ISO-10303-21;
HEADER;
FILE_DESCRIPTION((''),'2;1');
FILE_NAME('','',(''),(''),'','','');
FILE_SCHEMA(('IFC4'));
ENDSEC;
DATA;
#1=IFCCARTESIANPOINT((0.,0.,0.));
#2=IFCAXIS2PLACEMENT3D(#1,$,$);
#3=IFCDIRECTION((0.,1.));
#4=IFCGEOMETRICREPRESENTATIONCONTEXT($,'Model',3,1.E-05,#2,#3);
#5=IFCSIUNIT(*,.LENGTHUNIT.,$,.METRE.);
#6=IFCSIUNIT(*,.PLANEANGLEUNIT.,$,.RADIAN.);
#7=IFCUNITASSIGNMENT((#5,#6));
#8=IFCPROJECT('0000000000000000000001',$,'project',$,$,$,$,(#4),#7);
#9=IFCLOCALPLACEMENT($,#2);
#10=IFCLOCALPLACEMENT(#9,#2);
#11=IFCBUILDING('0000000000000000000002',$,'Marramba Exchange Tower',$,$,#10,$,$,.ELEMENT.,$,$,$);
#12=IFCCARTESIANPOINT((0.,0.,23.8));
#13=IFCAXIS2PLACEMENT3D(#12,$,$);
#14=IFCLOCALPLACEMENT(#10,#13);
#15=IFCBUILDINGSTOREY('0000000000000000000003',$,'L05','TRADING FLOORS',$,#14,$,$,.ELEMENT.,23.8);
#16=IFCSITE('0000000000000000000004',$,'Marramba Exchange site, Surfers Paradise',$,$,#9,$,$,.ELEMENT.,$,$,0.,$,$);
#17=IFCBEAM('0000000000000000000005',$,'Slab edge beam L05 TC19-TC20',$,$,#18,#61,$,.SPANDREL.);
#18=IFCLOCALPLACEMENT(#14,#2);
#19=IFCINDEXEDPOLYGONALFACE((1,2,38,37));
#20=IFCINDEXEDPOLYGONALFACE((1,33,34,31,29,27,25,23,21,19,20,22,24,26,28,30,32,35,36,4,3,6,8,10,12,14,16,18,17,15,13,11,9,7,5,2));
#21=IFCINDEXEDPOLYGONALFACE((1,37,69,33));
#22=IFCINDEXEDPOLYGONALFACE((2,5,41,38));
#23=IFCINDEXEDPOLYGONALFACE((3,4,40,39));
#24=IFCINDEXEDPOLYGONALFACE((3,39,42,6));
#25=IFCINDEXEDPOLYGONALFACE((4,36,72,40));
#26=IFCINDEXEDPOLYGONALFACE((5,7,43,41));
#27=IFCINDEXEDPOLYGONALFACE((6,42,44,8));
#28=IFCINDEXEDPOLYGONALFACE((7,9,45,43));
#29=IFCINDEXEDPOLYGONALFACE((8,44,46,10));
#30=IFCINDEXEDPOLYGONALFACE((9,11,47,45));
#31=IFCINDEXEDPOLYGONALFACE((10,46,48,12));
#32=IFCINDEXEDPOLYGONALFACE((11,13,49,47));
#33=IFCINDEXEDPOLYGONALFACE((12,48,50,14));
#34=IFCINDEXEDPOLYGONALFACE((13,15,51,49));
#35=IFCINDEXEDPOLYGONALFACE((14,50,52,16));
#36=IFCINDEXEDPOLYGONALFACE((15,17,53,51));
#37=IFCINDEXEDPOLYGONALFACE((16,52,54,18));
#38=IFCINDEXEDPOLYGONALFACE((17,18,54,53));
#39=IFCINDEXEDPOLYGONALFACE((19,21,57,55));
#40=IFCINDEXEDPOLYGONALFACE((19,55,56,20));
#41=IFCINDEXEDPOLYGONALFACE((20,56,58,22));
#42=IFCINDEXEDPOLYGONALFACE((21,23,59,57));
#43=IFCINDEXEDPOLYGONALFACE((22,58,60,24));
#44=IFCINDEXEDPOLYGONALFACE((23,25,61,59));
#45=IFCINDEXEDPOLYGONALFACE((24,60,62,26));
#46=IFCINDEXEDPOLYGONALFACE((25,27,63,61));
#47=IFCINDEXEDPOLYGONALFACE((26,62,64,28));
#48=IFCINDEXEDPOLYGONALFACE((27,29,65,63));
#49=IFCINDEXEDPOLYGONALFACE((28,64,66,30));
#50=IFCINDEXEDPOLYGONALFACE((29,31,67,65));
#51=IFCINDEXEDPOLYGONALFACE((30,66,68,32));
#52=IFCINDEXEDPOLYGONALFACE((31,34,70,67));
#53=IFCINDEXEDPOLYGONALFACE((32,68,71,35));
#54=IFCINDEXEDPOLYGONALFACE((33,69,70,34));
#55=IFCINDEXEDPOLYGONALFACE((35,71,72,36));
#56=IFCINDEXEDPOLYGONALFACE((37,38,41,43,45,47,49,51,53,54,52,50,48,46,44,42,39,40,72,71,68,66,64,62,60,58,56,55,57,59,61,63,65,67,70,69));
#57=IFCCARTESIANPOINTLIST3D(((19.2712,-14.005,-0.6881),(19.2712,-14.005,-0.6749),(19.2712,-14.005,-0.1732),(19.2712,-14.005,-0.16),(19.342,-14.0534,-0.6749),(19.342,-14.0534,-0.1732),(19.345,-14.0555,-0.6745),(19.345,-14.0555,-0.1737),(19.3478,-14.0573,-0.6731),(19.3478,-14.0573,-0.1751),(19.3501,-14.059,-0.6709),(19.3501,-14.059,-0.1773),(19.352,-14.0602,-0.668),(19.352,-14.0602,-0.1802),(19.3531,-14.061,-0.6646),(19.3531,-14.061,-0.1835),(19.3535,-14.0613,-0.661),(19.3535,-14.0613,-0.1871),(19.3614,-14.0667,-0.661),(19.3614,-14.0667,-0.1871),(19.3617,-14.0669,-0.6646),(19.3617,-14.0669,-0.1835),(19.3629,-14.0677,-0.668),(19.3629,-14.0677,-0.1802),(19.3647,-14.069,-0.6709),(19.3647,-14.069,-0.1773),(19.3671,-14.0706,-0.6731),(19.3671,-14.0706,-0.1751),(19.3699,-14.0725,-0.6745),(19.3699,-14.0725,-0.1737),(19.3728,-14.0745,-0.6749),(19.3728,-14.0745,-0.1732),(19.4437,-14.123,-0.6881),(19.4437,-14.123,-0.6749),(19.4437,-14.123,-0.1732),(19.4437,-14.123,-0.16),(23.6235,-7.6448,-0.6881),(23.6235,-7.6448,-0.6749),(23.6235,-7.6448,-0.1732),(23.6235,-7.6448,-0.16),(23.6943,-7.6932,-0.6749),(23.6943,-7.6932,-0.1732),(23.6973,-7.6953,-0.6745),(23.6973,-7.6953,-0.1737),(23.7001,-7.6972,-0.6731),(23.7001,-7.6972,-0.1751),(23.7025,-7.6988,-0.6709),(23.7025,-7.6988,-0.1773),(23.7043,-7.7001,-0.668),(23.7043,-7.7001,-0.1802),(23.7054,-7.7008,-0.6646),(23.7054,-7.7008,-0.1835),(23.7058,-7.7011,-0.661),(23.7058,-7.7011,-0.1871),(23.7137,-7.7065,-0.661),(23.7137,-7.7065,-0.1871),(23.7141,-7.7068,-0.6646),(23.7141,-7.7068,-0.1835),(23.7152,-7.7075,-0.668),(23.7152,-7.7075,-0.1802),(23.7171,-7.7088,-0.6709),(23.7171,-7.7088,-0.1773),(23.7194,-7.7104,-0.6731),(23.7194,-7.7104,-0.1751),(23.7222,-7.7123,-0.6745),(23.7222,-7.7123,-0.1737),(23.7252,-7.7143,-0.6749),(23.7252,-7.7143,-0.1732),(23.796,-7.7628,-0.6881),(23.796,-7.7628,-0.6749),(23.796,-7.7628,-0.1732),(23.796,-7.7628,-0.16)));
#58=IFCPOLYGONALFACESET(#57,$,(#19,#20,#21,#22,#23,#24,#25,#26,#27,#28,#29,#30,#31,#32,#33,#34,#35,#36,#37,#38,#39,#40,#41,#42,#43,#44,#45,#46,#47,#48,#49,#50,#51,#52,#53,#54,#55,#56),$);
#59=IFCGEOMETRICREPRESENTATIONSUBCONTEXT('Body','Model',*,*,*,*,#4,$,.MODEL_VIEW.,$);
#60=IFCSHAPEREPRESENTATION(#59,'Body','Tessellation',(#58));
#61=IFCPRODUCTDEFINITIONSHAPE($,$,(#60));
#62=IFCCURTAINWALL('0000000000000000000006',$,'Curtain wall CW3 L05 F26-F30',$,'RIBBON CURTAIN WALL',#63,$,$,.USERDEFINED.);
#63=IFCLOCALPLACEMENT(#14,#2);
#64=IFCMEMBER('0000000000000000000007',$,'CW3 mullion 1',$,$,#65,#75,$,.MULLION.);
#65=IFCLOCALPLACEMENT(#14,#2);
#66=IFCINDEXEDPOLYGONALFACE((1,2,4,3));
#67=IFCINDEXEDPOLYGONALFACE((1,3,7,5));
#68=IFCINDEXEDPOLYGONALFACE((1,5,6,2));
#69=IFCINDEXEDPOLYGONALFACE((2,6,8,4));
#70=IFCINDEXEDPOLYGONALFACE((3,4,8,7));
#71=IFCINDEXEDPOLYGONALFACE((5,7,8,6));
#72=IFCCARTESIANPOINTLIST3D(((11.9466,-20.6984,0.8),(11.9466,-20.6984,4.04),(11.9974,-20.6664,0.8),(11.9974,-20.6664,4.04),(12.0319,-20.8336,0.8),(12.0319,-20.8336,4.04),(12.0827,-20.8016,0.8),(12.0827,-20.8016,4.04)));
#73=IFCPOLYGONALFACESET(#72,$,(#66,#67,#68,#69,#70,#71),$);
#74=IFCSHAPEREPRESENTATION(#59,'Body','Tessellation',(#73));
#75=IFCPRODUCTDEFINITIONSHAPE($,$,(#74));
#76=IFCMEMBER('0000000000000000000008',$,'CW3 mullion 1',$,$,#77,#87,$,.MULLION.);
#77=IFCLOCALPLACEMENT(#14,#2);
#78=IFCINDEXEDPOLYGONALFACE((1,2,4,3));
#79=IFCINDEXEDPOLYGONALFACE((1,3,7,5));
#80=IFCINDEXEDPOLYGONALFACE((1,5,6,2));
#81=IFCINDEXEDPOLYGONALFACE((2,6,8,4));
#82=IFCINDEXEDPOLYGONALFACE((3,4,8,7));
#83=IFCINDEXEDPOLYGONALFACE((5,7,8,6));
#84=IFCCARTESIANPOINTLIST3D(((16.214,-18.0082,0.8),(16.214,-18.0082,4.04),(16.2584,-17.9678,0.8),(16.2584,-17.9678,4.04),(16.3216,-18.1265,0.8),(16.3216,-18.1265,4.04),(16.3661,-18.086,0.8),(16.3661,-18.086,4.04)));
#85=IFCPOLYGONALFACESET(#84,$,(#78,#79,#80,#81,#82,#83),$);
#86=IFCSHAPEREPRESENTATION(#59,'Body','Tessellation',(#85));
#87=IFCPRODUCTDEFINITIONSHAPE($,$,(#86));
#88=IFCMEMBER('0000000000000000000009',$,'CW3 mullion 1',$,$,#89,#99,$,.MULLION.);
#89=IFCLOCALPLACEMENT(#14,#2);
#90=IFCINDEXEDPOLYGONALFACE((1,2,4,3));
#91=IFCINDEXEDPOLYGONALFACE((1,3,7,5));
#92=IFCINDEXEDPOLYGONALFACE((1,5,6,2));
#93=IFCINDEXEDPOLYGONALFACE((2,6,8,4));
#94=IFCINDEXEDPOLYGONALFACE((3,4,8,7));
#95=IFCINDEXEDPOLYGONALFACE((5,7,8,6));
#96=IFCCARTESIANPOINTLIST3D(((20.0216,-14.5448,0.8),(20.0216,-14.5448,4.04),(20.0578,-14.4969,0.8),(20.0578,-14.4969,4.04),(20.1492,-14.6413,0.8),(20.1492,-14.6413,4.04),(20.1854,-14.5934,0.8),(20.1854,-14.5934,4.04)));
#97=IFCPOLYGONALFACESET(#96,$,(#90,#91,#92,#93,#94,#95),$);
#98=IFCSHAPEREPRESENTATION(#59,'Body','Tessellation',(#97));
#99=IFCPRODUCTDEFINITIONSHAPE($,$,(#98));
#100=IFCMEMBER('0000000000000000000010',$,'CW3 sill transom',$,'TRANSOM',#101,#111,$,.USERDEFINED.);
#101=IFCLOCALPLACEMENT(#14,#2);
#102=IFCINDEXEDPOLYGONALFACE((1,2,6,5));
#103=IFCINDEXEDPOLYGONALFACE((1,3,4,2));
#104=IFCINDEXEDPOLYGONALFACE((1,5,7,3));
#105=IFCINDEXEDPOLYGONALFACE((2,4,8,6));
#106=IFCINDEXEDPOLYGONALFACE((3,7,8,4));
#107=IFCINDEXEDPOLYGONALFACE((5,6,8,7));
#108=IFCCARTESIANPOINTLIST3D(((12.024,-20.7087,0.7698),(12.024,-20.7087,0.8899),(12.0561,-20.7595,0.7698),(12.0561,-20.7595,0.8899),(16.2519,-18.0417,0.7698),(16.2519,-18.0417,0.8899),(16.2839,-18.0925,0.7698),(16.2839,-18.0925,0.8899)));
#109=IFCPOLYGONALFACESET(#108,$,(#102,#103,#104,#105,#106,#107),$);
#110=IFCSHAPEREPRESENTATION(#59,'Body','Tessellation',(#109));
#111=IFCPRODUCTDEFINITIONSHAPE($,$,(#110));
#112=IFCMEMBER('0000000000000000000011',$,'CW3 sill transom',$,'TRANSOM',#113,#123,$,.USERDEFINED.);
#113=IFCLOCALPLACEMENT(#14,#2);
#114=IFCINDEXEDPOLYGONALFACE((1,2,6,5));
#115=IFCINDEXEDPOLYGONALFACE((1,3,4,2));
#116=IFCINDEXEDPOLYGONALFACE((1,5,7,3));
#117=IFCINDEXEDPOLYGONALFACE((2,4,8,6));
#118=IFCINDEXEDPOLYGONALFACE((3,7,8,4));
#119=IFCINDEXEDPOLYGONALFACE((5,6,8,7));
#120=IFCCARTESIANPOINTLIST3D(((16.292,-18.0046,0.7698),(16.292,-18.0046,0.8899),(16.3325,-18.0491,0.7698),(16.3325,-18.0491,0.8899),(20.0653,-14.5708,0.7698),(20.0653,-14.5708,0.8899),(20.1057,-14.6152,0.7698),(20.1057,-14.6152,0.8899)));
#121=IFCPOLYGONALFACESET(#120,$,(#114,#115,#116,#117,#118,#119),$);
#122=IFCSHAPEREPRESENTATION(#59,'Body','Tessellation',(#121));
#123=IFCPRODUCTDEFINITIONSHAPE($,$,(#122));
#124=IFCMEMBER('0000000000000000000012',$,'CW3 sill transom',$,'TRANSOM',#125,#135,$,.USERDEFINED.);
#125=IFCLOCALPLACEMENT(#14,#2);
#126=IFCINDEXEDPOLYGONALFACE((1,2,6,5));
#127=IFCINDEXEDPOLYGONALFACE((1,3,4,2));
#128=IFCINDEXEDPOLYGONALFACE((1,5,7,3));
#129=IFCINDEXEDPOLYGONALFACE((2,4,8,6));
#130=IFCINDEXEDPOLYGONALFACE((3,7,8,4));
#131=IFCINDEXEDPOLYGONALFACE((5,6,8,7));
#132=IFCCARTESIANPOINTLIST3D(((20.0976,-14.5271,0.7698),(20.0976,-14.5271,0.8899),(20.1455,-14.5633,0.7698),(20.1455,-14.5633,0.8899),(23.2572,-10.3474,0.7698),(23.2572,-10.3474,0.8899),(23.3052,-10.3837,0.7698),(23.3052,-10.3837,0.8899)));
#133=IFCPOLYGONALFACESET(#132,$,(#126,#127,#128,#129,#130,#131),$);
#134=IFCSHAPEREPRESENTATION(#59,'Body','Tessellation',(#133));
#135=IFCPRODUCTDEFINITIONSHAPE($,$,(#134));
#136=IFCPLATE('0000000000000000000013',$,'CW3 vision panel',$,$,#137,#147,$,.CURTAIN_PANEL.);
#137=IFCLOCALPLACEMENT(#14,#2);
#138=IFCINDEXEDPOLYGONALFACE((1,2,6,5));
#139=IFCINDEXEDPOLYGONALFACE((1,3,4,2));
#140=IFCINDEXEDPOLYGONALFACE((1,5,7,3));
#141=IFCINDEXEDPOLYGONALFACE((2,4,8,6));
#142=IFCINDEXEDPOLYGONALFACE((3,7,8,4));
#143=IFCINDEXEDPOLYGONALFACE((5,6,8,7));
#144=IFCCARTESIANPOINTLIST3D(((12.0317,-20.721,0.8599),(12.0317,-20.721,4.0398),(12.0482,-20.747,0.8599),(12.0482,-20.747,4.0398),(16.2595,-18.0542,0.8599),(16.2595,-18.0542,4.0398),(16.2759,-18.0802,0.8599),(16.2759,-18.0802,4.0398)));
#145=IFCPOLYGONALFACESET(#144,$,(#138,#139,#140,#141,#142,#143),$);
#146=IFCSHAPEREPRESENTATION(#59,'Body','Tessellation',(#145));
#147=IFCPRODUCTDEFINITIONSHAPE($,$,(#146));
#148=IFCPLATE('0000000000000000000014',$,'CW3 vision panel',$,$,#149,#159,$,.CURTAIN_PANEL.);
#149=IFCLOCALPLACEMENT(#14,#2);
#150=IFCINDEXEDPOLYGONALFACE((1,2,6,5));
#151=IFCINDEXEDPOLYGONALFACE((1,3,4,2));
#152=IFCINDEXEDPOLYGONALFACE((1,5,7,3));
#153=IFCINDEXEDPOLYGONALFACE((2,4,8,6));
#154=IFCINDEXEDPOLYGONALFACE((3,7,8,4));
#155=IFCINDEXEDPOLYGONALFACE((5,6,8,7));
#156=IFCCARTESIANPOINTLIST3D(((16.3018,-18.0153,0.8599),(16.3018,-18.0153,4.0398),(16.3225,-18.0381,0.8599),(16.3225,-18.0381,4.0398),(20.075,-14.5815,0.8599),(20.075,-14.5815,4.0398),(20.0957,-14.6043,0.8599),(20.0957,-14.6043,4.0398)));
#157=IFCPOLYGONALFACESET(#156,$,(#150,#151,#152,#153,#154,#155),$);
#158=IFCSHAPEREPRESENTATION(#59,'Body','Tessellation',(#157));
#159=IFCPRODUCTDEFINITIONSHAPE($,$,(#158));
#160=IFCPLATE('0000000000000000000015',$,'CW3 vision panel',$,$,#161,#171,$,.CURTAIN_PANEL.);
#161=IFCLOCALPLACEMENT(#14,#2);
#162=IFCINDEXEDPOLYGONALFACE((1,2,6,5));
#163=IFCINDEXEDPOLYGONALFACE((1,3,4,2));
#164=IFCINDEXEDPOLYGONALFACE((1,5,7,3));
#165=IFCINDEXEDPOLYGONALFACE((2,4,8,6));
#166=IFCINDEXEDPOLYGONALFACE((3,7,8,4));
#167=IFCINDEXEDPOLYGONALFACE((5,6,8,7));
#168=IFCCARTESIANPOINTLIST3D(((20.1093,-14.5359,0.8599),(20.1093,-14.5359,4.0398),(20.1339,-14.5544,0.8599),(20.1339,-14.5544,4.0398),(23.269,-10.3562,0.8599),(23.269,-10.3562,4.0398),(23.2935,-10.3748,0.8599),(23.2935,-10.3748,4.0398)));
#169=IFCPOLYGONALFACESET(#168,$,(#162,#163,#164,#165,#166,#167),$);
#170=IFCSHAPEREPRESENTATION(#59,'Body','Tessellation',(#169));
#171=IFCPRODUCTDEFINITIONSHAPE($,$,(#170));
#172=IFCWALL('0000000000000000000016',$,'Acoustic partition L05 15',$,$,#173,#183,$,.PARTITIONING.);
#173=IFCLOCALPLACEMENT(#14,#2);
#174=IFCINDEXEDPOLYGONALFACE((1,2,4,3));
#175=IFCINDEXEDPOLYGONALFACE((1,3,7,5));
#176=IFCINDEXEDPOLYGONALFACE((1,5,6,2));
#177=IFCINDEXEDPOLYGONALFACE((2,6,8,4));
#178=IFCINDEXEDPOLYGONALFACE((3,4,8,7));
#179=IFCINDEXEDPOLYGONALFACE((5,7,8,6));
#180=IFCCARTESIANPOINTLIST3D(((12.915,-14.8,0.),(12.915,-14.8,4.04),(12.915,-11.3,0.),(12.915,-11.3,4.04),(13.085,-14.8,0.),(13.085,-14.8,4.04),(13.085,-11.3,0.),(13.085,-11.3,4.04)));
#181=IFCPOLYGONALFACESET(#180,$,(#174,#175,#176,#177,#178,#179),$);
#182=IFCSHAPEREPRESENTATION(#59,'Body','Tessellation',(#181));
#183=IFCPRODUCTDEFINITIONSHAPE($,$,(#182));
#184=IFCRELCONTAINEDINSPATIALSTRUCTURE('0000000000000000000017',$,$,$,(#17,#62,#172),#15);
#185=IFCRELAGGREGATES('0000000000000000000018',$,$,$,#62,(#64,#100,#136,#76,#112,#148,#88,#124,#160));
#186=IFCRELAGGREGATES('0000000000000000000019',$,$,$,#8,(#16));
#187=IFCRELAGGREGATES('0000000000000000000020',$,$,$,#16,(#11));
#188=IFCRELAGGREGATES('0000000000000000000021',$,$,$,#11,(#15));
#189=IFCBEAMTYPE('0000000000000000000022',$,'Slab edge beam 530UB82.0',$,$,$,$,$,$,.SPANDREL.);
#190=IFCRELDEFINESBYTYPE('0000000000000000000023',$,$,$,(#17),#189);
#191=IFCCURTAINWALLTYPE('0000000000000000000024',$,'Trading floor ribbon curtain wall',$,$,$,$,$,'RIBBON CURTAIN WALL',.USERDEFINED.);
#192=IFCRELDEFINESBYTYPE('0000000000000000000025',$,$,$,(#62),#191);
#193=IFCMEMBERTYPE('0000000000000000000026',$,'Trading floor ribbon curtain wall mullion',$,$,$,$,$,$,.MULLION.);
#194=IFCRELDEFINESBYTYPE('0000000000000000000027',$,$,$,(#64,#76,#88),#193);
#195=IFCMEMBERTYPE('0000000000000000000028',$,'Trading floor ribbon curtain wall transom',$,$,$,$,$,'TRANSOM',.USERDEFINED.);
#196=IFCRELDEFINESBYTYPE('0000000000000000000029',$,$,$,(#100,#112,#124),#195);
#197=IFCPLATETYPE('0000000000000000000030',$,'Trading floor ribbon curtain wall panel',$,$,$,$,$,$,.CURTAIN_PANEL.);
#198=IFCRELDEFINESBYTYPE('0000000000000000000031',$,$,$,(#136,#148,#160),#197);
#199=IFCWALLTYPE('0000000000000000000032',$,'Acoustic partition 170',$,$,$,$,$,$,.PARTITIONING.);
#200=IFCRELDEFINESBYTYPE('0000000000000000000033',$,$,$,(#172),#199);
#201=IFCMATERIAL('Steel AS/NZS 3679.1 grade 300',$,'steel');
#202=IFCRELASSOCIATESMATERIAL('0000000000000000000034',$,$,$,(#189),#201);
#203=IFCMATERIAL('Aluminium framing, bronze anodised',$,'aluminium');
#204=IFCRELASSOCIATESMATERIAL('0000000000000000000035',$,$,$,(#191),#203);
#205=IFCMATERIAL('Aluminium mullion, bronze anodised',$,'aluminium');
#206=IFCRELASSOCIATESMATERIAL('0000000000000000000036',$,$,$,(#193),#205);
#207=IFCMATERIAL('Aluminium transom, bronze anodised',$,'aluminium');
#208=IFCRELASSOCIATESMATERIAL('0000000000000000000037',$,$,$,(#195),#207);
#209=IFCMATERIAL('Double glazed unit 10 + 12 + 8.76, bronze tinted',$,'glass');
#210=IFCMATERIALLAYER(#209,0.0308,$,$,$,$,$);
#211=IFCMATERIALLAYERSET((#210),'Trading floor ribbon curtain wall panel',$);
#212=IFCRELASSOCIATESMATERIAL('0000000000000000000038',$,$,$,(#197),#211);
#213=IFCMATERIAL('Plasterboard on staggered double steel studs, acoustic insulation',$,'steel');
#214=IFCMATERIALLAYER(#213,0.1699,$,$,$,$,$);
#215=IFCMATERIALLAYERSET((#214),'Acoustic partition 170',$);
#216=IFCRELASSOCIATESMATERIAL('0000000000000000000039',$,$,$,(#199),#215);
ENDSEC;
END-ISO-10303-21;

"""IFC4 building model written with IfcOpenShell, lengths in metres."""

from ifc_helpers import new_model, si_unit, direction, frame, frame_2d, origin, origin_2d, place, context, subcontext, project, spatial, rectangle, i_section, extrude, material, layer, layer_set, material_profile, profile_set, type_object, element, aggregate, save


model = new_model("IFC4")

# Units and contexts
model_context = context("Model", 3, precision=1e-05, world=origin(), true_north=direction((0.0, 1.0)))
body_context = subcontext(model_context, "Body", "Model", "MODEL_VIEW")
ifc_project = project(units=[si_unit("LENGTHUNIT", "METRE"), si_unit("PLANEANGLEUNIT", "RADIAN")], contexts=[model_context])

# Site, building, storey
site_placement = place(None, origin())
site = spatial("IfcSite", under=ifc_project, at=site_placement, Name="Marramba Exchange site, Surfers Paradise", CompositionType="ELEMENT", RefElevation=0.0)
building_placement = place(site_placement, origin())
building = spatial("IfcBuilding", under=site, at=building_placement, Name="Marramba Exchange Tower", CompositionType="ELEMENT")
storey_placement = place(building_placement, frame((0.0, 0.0, 23.8)))
storey = spatial("IfcBuildingStorey", under=building, at=storey_placement, Name="L05", Description="TRADING FLOORS", CompositionType="ELEMENT", Elevation=23.8)

# Beam
ifc_material_1 = material(Name="Steel AS/NZS 3679.1 grade 300", Category="steel")
ifc_material_profile_1 = material_profile(ifc_material_1, i_section(OverallWidth=0.209, OverallDepth=0.5281, WebThickness=0.0095, FlangeThickness=0.0132, FilletRadius=0.0139, at=origin_2d()), Name="530UB82.0")
ifc_profile_set_1 = profile_set([ifc_material_profile_1], Name="Steel AS/NZS 3679.1 grade 300")
beam_type_1 = type_object("IfcBeamType", Name="Slab edge beam 530UB82.0", PredefinedType="SPANDREL", material=ifc_profile_set_1)
beam_1_placement = place(storey_placement, frame((19.3574, -14.064, -0.4241), z_axis=(0.564741, 0.825268, 0.0), x_axis=(-0.825268, 0.564741, 0.0)))
element("IfcBeam", 1, at=beam_1_placement, inside=storey, type_object=beam_type_1, Name="Slab edge beam L05 TC19-TC20", PredefinedType="SPANDREL", context=body_context, shape_type="SweptSolid", body=[
    extrude(i_section(OverallWidth=0.209, OverallDepth=0.5281, WebThickness=0.0095, FlangeThickness=0.0132, FilletRadius=0.0139, at=origin_2d()), origin(), (0.0, 0.0, 1.0), 7.7068),
])

# Curtain wall, members, plates
ifc_material_2 = material(Name="Aluminium framing, bronze anodised", Category="aluminium")
curtain_wall_type = type_object("IfcCurtainWallType", Name="Trading floor ribbon curtain wall", ElementType="RIBBON CURTAIN WALL", PredefinedType="USERDEFINED", material=ifc_material_2)
curtain_wall_placement = place(storey_placement, origin())
curtain_wall = element("IfcCurtainWall", 2, at=curtain_wall_placement, inside=storey, type_object=curtain_wall_type, Name="Curtain wall CW3 L05 F26-F30", ObjectType="RIBBON CURTAIN WALL", PredefinedType="USERDEFINED")
ifc_material_3 = material(Name="Aluminium mullion, bronze anodised", Category="aluminium")
ifc_material_profile_2 = material_profile(ifc_material_3, rectangle(XDim=0.1599, YDim=0.0601, at=origin_2d()), Name="CW3 mullion 60x160")
ifc_profile_set_2 = profile_set([ifc_material_profile_2], Name="Aluminium mullion, bronze anodised")
member_type_1 = type_object("IfcMemberType", Name="Trading floor ribbon curtain wall mullion", PredefinedType="MULLION", material=ifc_profile_set_2)
member_1_placement = place(storey_placement, frame((12.0146, -20.75, 0.8), z_axis=(0.0, 0.0, 1.0), x_axis=(-0.533515, 0.845791, 0.0)))
member_1 = element("IfcMember", 3, at=member_1_placement, type_object=member_type_1, Name="CW3 mullion 1", PredefinedType="MULLION", context=body_context, shape_type="SweptSolid", body=[
    extrude(rectangle(XDim=0.1599, YDim=0.0601, at=origin_2d()), origin(), (0.0, 0.0, 1.0), 3.24),
])
member_2_placement = place(storey_placement, frame((16.29, -18.0471, 0.8), z_axis=(0.0, 0.0, 1.0), x_axis=(-0.673058, 0.73959, 0.0)))
member_2 = element("IfcMember", 4, at=member_2_placement, type_object=member_type_1, Name="CW3 mullion 1", PredefinedType="MULLION", context=body_context, shape_type="SweptSolid", body=[
    extrude(rectangle(XDim=0.1599, YDim=0.0601, at=origin_2d()), origin(), (0.0, 0.0, 1.0), 3.24),
])
member_3_placement = place(storey_placement, frame((20.1035, -14.5691, 0.8), z_axis=(0.0, 0.0, 1.0), x_axis=(-0.797711, 0.60304, 0.0)))
member_3 = element("IfcMember", 5, at=member_3_placement, type_object=member_type_1, Name="CW3 mullion 1", PredefinedType="MULLION", context=body_context, shape_type="SweptSolid", body=[
    extrude(rectangle(XDim=0.1599, YDim=0.0601, at=origin_2d()), origin(), (0.0, 0.0, 1.0), 3.24),
])
ifc_material_4 = material(Name="Aluminium transom, bronze anodised", Category="aluminium")
ifc_material_profile_3 = material_profile(ifc_material_4, rectangle(XDim=0.0601, YDim=0.1201, at=origin_2d()), Name="CW3 transom 60x120")
ifc_profile_set_3 = profile_set([ifc_material_profile_3], Name="Aluminium transom, bronze anodised")
member_type_2 = type_object("IfcMemberType", Name="Trading floor ribbon curtain wall transom", ElementType="TRANSOM", PredefinedType="USERDEFINED", material=ifc_profile_set_3)
member_4_placement = place(storey_placement, frame((12.04, -20.7341, 0.8298), z_axis=(0.845777, 0.533537, 0.0), x_axis=(-0.533537, 0.845777, 0.0)))
member_4 = element("IfcMember", 6, at=member_4_placement, type_object=member_type_2, Name="CW3 sill transom", ObjectType="TRANSOM", PredefinedType="USERDEFINED", context=body_context, shape_type="SweptSolid", body=[
    extrude(rectangle(XDim=0.0601, YDim=0.1201, at=origin_2d()), origin(), (0.0, 0.0, 1.0), 4.9988),
])
member_5_placement = place(storey_placement, frame((16.3123, -18.0269, 0.8298), z_axis=(0.739583, 0.673066, 0.0), x_axis=(-0.673066, 0.739583, 0.0)))
member_5 = element("IfcMember", 7, at=member_5_placement, type_object=member_type_2, Name="CW3 sill transom", ObjectType="TRANSOM", PredefinedType="USERDEFINED", context=body_context, shape_type="SweptSolid", body=[
    extrude(rectangle(XDim=0.0601, YDim=0.1201, at=origin_2d()), origin(), (0.0, 0.0, 1.0), 5.1018),
])
member_6_placement = place(storey_placement, frame((20.1216, -14.5452, 0.8298), z_axis=(0.603037, 0.797713, 0.0), x_axis=(-0.797713, 0.603037, 0.0)))
member_6 = element("IfcMember", 8, at=member_6_placement, type_object=member_type_2, Name="CW3 sill transom", ObjectType="TRANSOM", PredefinedType="USERDEFINED", context=body_context, shape_type="SweptSolid", body=[
    extrude(rectangle(XDim=0.0601, YDim=0.1201, at=origin_2d()), origin(), (0.0, 0.0, 1.0), 5.2395),
])
ifc_material_5 = material(Name="Double glazed unit 10 + 12 + 8.76, bronze tinted", Category="glass")
ifc_layer_1 = layer(ifc_material_5, 0.0308)
ifc_layer_set_1 = layer_set([ifc_layer_1], Name="Trading floor ribbon curtain wall panel")
plate_type = type_object("IfcPlateType", Name="Trading floor ribbon curtain wall panel", PredefinedType="CURTAIN_PANEL", material=ifc_layer_set_1)
plate_1_placement = place(storey_placement, frame((14.1538, -19.4006, 0.8599), z_axis=(0.0, 0.0, 1.0), x_axis=(0.845791, 0.533515, 0.0)))
plate_1 = element("IfcPlate", 9, at=plate_1_placement, type_object=plate_type, Name="CW3 vision panel", PredefinedType="CURTAIN_PANEL", context=body_context, shape_type="SweptSolid", body=[
    extrude(rectangle(XDim=4.9985, YDim=0.0308, at=origin_2d()), origin(), (0.0, 0.0, 1.0), 3.1799),
])
plate_2_placement = place(storey_placement, frame((18.1987, -16.3098, 0.8599), z_axis=(0.0, 0.0, 1.0), x_axis=(0.73959, 0.673058, 0.0)))
plate_2 = element("IfcPlate", 10, at=plate_2_placement, type_object=plate_type, Name="CW3 vision panel", PredefinedType="CURTAIN_PANEL", context=body_context, shape_type="SweptSolid", body=[
    extrude(rectangle(XDim=5.1018, YDim=0.0308, at=origin_2d()), origin(), (0.0, 0.0, 1.0), 3.1799),
])
plate_3_placement = place(storey_placement, frame((21.7014, -12.4553, 0.8599), z_axis=(0.0, 0.0, 1.0), x_axis=(0.60304, 0.797711, 0.0)))
plate_3 = element("IfcPlate", 11, at=plate_3_placement, type_object=plate_type, Name="CW3 vision panel", PredefinedType="CURTAIN_PANEL", context=body_context, shape_type="SweptSolid", body=[
    extrude(rectangle(XDim=5.2395, YDim=0.0308, at=origin_2d()), origin(), (0.0, 0.0, 1.0), 3.1799),
])
aggregate(curtain_wall, [member_1, member_4, plate_1, member_2, member_5, plate_2, member_3, member_6, plate_3])

# Wall
ifc_material_6 = material(Name="Plasterboard on staggered double steel studs, acoustic insulation", Category="steel")
ifc_layer_2 = layer(ifc_material_6, 0.1699)
ifc_layer_set_2 = layer_set([ifc_layer_2], Name="Acoustic partition 170")
wall_type = type_object("IfcWallType", Name="Acoustic partition 170", PredefinedType="PARTITIONING", material=ifc_layer_set_2)
wall_placement = place(storey_placement, frame((13.0, -14.8, 0.0), z_axis=(0.0, 0.0, 1.0), x_axis=(0.0, 1.0, 0.0)))
element("IfcWall", 12, at=wall_placement, inside=storey, type_object=wall_type, Name="Acoustic partition L05 15", PredefinedType="PARTITIONING", context=body_context, shape_type="SweptSolid", body=[
    extrude(rectangle(XDim=3.5, YDim=0.1699, at=frame_2d((1.75, 0.0))), origin(), (0.0, 0.0, 1.0), 4.04),
])

save(model, "model.ifc")
